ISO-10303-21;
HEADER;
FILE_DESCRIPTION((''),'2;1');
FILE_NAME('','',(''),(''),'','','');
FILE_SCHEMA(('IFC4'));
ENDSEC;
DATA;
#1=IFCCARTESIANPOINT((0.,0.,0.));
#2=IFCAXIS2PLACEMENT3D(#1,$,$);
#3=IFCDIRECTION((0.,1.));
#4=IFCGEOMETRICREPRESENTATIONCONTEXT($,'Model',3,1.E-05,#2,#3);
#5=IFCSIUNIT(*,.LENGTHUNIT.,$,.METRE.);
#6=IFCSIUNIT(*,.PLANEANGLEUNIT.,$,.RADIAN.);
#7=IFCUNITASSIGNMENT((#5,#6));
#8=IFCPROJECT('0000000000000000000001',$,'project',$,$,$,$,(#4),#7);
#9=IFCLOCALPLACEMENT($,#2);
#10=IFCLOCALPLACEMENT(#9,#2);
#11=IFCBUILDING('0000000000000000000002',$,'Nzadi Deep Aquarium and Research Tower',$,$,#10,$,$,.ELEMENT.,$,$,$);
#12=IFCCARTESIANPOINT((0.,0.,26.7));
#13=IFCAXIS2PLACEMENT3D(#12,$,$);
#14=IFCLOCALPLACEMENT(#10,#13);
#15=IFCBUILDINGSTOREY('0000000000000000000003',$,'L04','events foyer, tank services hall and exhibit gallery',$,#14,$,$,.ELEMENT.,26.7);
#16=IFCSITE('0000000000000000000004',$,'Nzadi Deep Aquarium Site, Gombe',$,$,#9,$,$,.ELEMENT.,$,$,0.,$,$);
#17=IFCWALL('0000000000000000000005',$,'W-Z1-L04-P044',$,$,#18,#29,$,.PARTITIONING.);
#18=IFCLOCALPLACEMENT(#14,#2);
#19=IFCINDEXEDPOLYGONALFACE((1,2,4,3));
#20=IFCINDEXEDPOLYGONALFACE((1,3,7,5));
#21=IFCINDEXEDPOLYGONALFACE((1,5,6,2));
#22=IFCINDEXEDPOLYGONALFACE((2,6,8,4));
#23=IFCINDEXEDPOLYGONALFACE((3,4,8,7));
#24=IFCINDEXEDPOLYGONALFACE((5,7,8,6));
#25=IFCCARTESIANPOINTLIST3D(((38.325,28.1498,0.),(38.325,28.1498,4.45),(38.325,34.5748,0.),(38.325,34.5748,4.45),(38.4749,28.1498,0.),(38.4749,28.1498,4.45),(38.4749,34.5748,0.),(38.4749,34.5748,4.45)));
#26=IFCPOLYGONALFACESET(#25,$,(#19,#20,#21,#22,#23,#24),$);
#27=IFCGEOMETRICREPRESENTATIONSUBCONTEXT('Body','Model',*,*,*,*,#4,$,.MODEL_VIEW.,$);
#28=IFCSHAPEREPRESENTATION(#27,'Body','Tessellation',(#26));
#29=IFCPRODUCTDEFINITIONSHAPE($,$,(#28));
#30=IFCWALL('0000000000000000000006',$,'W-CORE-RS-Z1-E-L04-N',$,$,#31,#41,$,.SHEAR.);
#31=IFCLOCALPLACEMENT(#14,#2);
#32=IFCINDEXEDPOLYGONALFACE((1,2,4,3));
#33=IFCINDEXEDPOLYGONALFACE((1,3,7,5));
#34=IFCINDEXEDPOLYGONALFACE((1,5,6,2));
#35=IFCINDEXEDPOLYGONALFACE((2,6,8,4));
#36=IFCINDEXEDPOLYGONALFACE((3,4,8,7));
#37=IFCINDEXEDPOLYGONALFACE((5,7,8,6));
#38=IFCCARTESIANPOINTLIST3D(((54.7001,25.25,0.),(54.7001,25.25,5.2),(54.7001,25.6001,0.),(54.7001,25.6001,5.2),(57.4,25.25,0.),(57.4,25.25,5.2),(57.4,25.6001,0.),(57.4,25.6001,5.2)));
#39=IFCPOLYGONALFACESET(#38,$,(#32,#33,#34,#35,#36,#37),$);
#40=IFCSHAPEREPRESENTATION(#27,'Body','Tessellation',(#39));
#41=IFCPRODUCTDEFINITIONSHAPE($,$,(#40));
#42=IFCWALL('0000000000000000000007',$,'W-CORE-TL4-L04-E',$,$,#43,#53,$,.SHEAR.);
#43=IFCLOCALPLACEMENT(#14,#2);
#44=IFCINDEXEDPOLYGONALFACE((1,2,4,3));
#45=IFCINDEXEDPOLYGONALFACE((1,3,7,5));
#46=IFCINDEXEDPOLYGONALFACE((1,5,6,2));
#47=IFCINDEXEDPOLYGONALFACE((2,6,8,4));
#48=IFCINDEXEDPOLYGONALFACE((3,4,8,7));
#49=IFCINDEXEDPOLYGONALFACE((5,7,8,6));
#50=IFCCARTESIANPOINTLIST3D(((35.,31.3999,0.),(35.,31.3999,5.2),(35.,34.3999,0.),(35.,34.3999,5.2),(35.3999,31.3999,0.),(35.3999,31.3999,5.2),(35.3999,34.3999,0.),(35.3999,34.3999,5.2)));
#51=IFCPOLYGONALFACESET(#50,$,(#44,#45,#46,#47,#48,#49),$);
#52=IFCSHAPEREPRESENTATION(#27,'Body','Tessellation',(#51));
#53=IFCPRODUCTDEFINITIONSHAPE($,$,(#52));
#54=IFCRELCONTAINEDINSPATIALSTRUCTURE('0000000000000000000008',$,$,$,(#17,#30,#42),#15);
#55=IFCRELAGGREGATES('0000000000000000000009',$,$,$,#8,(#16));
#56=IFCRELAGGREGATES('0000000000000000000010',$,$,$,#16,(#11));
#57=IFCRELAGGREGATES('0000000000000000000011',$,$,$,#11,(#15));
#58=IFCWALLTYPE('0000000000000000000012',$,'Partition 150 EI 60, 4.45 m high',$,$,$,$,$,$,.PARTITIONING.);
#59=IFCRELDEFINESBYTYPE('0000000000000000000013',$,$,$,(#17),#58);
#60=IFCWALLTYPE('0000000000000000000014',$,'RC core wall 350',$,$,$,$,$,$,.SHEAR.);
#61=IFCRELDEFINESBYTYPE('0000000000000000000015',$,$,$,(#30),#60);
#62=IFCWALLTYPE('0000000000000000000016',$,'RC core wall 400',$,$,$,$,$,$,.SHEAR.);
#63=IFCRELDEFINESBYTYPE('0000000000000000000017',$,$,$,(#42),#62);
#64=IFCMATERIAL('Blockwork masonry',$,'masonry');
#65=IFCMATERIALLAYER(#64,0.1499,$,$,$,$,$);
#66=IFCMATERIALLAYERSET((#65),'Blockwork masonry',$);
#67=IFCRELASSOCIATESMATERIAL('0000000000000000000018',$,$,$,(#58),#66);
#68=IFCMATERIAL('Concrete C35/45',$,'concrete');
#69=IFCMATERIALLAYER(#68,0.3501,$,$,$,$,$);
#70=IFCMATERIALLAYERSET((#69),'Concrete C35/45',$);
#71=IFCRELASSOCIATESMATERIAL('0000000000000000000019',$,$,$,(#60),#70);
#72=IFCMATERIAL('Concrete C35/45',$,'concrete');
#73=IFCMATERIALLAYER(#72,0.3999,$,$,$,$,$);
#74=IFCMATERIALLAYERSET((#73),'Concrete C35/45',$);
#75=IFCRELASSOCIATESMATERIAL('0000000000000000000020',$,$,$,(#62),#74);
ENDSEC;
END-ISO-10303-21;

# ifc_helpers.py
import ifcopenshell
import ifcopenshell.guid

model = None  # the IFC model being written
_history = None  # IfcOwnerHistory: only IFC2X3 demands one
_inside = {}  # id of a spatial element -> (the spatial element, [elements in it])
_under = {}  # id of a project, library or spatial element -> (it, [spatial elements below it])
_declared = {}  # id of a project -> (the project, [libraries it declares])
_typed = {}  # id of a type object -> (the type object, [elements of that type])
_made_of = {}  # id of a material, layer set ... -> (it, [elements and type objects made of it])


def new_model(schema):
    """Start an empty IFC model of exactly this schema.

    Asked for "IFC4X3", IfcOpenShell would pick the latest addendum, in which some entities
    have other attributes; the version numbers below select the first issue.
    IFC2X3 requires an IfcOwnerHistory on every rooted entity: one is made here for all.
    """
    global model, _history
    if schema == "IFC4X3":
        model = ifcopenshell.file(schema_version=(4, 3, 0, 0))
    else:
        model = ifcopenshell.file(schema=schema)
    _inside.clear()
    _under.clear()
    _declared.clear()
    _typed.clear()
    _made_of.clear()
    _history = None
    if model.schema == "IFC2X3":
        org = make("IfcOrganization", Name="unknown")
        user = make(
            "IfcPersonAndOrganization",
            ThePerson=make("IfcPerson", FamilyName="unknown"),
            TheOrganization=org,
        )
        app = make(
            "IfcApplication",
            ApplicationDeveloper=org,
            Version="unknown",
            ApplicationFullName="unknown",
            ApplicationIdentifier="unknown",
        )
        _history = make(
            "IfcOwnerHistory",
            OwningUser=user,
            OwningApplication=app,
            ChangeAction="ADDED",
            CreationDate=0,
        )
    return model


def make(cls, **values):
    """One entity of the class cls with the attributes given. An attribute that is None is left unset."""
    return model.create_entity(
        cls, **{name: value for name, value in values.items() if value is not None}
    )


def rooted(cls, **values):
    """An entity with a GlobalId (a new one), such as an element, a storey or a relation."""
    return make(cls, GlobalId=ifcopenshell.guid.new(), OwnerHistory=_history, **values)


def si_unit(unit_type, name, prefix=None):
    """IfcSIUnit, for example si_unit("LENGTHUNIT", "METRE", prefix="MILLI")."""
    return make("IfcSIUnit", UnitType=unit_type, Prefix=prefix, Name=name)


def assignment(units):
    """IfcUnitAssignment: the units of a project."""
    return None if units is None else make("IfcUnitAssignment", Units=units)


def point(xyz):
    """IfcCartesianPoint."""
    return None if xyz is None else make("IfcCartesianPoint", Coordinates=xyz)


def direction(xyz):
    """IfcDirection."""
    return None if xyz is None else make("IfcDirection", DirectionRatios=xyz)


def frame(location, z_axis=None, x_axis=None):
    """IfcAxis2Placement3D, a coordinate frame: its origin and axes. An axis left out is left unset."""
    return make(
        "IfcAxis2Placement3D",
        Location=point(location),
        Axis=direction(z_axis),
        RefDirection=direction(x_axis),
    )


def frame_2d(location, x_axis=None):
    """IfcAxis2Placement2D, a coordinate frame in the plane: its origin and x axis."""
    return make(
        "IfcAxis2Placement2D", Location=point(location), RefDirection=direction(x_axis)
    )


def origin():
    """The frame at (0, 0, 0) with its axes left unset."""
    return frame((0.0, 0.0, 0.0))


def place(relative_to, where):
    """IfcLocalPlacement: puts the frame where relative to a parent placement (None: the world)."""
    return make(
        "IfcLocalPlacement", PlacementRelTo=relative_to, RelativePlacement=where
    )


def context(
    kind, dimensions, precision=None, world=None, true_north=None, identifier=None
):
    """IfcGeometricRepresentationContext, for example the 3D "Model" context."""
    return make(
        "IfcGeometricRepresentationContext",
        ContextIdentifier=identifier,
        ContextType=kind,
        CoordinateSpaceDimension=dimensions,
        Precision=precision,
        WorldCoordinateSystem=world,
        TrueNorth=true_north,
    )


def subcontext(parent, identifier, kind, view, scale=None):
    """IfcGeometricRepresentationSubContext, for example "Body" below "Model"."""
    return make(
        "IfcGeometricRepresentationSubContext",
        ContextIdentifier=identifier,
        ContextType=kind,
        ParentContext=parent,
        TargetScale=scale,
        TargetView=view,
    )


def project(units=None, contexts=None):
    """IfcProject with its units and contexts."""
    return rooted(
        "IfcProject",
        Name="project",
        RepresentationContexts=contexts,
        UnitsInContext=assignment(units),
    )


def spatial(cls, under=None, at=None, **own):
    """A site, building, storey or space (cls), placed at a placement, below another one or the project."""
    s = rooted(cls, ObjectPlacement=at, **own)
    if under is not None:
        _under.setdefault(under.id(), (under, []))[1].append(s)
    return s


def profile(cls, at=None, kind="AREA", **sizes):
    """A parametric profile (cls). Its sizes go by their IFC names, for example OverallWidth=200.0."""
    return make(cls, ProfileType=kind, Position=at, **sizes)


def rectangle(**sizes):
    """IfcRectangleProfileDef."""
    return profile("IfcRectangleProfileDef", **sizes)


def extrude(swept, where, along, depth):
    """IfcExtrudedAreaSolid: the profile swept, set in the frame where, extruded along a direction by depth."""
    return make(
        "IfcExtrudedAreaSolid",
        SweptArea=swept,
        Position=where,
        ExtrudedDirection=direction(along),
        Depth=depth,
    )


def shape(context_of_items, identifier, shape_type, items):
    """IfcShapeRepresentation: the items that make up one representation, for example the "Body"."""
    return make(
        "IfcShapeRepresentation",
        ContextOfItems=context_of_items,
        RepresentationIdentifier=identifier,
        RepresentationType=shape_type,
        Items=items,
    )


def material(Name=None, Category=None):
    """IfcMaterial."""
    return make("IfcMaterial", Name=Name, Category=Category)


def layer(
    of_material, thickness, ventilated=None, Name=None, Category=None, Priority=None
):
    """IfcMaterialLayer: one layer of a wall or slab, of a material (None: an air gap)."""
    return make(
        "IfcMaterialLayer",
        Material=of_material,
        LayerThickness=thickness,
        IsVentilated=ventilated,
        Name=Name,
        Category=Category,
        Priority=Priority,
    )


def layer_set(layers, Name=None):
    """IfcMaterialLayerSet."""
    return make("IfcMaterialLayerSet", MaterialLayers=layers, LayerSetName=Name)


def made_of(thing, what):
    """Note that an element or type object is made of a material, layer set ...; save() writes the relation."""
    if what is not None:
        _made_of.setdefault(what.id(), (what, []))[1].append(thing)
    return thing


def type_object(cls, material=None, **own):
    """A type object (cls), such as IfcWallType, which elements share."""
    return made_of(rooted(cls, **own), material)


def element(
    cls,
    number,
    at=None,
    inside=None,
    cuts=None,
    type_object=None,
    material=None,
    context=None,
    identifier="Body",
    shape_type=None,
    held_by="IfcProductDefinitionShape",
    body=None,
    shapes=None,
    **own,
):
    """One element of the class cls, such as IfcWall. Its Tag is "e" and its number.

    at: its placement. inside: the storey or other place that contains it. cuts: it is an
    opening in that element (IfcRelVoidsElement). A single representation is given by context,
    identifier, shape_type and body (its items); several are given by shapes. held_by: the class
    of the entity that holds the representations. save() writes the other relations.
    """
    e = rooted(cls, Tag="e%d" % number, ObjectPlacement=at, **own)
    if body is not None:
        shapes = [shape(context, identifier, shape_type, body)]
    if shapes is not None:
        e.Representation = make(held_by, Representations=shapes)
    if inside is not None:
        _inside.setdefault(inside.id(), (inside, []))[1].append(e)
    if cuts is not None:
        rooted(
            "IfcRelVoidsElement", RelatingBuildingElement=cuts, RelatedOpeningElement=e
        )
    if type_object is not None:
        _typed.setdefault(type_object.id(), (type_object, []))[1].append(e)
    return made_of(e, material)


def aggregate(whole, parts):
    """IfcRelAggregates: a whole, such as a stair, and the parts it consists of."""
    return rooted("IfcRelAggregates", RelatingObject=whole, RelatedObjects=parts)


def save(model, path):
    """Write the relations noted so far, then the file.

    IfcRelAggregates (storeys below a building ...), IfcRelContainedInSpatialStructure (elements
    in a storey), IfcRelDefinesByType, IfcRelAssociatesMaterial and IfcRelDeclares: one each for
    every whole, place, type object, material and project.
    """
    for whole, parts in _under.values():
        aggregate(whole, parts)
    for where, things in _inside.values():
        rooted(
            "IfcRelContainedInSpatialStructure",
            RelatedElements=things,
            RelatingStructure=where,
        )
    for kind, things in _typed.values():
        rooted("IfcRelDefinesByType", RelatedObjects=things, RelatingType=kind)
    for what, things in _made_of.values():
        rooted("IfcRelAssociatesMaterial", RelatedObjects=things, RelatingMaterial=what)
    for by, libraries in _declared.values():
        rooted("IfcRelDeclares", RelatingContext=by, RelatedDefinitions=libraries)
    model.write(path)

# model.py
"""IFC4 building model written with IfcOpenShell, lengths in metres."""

from ifc_helpers import new_model, si_unit, direction, frame, frame_2d, origin, place, context, subcontext, project, spatial, rectangle, extrude, material, layer, layer_set, type_object, element, save


model = new_model("IFC4")

# Units and contexts
model_context = context("Model", 3, precision=1e-05, world=origin(), true_north=direction((0.0, 1.0)))
body_context = subcontext(model_context, "Body", "Model", "MODEL_VIEW")
ifc_project = project(units=[si_unit("LENGTHUNIT", "METRE"), si_unit("PLANEANGLEUNIT", "RADIAN")], contexts=[model_context])

# Site, building, storey
site_placement = place(None, origin())
site = spatial("IfcSite", under=ifc_project, at=site_placement, Name="Nzadi Deep Aquarium Site, Gombe", CompositionType="ELEMENT", RefElevation=0.0)
building_placement = place(site_placement, origin())
building = spatial("IfcBuilding", under=site, at=building_placement, Name="Nzadi Deep Aquarium and Research Tower", CompositionType="ELEMENT")
storey_placement = place(building_placement, frame((0.0, 0.0, 26.7)))
storey = spatial("IfcBuildingStorey", under=building, at=storey_placement, Name="L04", Description="events foyer, tank services hall and exhibit gallery", CompositionType="ELEMENT", Elevation=26.7)

# Walls
ifc_material_1 = material(Name="Blockwork masonry", Category="masonry")
ifc_layer_1 = layer(ifc_material_1, 0.1499)
ifc_layer_set_1 = layer_set([ifc_layer_1], Name="Blockwork masonry")
wall_type_1 = type_object("IfcWallType", Name="Partition 150 EI 60, 4.45 m high", PredefinedType="PARTITIONING", material=ifc_layer_set_1)
wall_1_placement = place(storey_placement, frame((38.3999, 28.1499, 0.0), z_axis=(0.0, 0.0, 1.0), x_axis=(0.0, 1.0, 0.0)))
element("IfcWall", 1, at=wall_1_placement, inside=storey, type_object=wall_type_1, Name="W-Z1-L04-P044", PredefinedType="PARTITIONING", context=body_context, shape_type="SweptSolid", body=[
    extrude(rectangle(XDim=6.425, YDim=0.1499, at=frame_2d((3.2124, 0.0))), origin(), (0.0, 0.0, 1.0), 4.45),
])
ifc_material_2 = material(Name="Concrete C35/45", Category="concrete")
ifc_layer_2 = layer(ifc_material_2, 0.3501)
ifc_layer_set_2 = layer_set([ifc_layer_2], Name="Concrete C35/45")
wall_type_2 = type_object("IfcWallType", Name="RC core wall 350", PredefinedType="SHEAR", material=ifc_layer_set_2)
wall_2_placement = place(storey_placement, frame((54.7, 25.425, 0.0), z_axis=(0.0, 0.0, 1.0), x_axis=(1.0, 0.0, 0.0)))
element("IfcWall", 2, at=wall_2_placement, inside=storey, type_object=wall_type_2, Name="W-CORE-RS-Z1-E-L04-N", PredefinedType="SHEAR", context=body_context, shape_type="SweptSolid", body=[
    extrude(rectangle(XDim=2.7, YDim=0.3501, at=frame_2d((1.3501, 0.0))), origin(), (0.0, 0.0, 1.0), 5.2),
])
ifc_material_3 = material(Name="Concrete C35/45", Category="concrete")
ifc_layer_3 = layer(ifc_material_3, 0.3999)
ifc_layer_set_3 = layer_set([ifc_layer_3], Name="Concrete C35/45")
wall_type_3 = type_object("IfcWallType", Name="RC core wall 400", PredefinedType="SHEAR", material=ifc_layer_set_3)
wall_3_placement = place(storey_placement, frame((35.2, 31.3999, 0.0), z_axis=(0.0, 0.0, 1.0), x_axis=(0.0, 1.0, 0.0)))
element("IfcWall", 3, at=wall_3_placement, inside=storey, type_object=wall_type_3, Name="W-CORE-TL4-L04-E", PredefinedType="SHEAR", context=body_context, shape_type="SweptSolid", body=[
    extrude(rectangle(XDim=3.0, YDim=0.3999, at=frame_2d((1.5, 0.0))), origin(), (0.0, 0.0, 1.0), 5.2),
])

save(model, "model.ifc")
